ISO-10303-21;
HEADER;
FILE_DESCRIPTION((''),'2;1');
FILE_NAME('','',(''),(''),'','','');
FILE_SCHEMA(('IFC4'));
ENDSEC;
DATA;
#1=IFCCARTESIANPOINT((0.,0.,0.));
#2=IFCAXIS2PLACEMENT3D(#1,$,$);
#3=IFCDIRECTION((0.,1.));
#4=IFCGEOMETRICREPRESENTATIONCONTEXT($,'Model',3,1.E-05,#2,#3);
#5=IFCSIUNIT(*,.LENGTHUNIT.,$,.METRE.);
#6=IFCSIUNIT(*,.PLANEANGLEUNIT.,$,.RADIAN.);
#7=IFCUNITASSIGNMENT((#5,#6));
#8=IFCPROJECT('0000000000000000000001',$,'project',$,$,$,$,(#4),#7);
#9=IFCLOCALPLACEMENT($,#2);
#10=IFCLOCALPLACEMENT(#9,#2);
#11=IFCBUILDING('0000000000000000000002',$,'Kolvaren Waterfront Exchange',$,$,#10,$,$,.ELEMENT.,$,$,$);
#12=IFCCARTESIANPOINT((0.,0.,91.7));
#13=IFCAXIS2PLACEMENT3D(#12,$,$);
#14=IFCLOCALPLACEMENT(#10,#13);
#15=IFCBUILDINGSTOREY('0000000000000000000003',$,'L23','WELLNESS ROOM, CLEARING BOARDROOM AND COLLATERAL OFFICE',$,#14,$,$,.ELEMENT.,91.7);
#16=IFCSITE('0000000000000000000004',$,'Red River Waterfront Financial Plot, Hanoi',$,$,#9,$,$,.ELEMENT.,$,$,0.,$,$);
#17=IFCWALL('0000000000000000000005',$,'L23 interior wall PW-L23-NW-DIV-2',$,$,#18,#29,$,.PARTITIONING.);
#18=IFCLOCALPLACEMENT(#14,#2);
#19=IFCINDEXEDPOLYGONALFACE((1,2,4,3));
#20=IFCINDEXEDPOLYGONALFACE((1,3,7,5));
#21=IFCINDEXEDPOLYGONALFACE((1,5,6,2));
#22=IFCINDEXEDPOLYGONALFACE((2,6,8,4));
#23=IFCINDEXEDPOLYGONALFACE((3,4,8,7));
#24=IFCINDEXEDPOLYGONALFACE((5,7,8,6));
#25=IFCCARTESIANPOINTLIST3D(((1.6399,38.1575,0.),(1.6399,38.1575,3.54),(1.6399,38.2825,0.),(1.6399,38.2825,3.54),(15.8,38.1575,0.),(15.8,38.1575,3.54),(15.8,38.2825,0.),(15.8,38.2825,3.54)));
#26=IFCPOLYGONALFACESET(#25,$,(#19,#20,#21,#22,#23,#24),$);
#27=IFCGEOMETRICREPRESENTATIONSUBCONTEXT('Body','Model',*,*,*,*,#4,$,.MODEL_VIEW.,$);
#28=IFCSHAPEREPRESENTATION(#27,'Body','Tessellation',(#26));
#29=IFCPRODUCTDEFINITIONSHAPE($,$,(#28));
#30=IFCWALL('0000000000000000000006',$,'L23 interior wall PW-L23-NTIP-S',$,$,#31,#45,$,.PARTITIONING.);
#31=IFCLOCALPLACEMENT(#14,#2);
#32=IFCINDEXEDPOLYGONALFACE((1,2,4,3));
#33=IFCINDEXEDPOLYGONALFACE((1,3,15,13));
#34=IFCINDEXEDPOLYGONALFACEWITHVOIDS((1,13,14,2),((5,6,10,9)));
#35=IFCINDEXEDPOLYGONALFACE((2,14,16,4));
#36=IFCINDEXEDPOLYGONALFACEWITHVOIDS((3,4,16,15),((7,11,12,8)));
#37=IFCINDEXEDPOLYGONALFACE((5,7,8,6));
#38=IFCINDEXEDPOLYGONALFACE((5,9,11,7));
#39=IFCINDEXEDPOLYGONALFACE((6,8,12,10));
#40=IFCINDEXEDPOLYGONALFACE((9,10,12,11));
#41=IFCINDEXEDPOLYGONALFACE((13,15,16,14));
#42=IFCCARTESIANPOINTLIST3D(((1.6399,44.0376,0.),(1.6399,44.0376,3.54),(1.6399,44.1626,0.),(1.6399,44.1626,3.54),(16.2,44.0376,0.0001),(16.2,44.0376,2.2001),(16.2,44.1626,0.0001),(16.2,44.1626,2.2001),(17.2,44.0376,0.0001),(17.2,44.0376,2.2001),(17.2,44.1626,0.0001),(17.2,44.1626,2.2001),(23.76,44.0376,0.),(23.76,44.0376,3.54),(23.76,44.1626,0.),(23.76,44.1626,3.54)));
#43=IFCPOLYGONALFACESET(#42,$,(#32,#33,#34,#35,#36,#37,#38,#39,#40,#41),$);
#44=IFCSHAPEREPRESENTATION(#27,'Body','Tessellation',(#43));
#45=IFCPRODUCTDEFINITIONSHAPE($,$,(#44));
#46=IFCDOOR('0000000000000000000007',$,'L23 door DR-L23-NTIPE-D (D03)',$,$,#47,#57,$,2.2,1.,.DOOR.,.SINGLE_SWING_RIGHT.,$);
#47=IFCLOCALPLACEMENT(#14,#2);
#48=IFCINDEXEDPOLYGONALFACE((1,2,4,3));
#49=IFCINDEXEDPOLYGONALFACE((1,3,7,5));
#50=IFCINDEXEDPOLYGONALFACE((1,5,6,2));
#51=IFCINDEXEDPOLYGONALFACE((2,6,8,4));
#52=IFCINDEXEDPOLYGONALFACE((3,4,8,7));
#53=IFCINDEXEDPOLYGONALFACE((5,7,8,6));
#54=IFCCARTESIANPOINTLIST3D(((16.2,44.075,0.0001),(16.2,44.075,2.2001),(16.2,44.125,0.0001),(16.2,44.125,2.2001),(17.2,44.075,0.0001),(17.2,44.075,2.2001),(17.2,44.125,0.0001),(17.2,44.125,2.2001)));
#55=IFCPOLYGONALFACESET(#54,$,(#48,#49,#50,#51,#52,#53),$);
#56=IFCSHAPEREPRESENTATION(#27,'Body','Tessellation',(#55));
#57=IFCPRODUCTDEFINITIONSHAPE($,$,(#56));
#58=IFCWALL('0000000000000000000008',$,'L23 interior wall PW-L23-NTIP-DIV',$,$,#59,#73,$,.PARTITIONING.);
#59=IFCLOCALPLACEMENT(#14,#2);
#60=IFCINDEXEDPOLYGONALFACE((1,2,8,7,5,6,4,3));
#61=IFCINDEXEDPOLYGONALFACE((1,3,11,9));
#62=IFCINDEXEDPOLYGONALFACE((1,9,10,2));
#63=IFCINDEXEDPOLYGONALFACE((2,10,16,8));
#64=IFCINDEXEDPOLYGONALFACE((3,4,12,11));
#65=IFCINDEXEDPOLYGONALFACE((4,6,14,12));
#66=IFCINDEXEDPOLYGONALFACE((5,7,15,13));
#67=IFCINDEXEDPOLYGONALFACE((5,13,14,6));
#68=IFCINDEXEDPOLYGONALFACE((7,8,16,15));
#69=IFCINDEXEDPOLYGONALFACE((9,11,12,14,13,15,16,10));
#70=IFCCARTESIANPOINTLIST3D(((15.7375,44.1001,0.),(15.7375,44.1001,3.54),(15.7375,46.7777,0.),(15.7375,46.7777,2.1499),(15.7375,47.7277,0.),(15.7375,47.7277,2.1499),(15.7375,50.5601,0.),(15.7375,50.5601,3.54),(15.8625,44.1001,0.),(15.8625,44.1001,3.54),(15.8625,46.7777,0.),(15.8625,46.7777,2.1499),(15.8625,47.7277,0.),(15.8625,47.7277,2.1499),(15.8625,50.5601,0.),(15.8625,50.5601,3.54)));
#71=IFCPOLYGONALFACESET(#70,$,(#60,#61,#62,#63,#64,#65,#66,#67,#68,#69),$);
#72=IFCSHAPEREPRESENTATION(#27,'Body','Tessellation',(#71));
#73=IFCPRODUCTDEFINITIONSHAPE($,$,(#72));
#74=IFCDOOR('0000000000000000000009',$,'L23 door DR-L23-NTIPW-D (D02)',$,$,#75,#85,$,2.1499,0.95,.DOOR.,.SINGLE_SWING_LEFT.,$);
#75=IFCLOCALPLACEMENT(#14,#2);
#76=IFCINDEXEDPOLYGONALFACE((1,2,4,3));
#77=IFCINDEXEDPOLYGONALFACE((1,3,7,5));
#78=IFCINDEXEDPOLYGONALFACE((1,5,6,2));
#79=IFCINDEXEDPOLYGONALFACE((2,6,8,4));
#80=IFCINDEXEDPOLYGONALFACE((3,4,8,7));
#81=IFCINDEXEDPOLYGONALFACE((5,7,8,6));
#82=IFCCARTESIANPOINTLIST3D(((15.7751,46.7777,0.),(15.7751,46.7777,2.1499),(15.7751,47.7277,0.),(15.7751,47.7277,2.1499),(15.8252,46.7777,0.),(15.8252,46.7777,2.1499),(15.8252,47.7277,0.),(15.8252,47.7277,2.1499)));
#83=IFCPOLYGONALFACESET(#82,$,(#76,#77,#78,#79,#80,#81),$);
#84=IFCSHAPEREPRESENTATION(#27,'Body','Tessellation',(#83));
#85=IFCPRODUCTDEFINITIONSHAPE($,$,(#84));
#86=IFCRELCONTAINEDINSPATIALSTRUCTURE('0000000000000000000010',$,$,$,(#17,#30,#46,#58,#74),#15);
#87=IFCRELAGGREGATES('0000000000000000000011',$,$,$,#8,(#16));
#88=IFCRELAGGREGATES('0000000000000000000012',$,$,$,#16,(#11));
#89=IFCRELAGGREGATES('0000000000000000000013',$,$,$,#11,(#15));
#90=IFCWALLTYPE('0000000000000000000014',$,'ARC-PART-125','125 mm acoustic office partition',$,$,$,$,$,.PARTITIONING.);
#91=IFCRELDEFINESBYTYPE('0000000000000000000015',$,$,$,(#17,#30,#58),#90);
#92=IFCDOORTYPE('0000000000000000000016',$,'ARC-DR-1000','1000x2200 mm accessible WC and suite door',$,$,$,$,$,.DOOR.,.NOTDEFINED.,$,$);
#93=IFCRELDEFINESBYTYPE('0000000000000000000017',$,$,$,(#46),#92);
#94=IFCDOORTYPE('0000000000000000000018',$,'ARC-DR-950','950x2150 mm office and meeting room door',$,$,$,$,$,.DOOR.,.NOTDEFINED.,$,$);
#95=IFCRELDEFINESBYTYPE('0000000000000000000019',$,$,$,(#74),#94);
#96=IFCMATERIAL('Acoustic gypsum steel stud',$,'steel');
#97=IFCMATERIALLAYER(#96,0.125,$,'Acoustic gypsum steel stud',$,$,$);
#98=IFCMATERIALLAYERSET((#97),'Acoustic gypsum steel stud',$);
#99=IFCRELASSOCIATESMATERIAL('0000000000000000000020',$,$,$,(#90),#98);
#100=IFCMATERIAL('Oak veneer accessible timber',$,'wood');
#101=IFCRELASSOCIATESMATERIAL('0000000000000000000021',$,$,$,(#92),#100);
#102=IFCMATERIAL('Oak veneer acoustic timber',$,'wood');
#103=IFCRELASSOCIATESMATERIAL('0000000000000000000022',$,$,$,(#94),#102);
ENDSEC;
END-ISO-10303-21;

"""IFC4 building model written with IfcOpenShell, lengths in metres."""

from ifc_helpers import new_model, si_unit, direction, frame, frame_2d, origin, place, context, subcontext, project, spatial, rectangle, extrude, material, layer, layer_set, type_object, element, fill, save


model = new_model("IFC4")

# Units and contexts
model_context = context("Model", 3, precision=1e-05, world=origin(), true_north=direction((0.0, 1.0)))
body_context = subcontext(model_context, "Body", "Model", "MODEL_VIEW")
ifc_project = project(units=[si_unit("LENGTHUNIT", "METRE"), si_unit("PLANEANGLEUNIT", "RADIAN")], contexts=[model_context])

# Site, building, storey
site_placement = place(None, origin())
site = spatial("IfcSite", under=ifc_project, at=site_placement, Name="Red River Waterfront Financial Plot, Hanoi", CompositionType="ELEMENT", RefElevation=0.0)
building_placement = place(site_placement, origin())
building = spatial("IfcBuilding", under=site, at=building_placement, Name="Kolvaren Waterfront Exchange", CompositionType="ELEMENT")
storey_placement = place(building_placement, frame((0.0, 0.0, 91.7)))
storey = spatial("IfcBuildingStorey", under=building, at=storey_placement, Name="L23", Description="WELLNESS ROOM, CLEARING BOARDROOM AND COLLATERAL OFFICE", CompositionType="ELEMENT", Elevation=91.7)

# Wall
ifc_material_1 = material(Name="Acoustic gypsum steel stud", Category="steel")
ifc_layer_1 = layer(ifc_material_1, 0.125, Name="Acoustic gypsum steel stud")
ifc_layer_set_1 = layer_set([ifc_layer_1], Name="Acoustic gypsum steel stud")
wall_type_1 = type_object("IfcWallType", Name="ARC-PART-125", Description="125 mm acoustic office partition", PredefinedType="PARTITIONING", material=ifc_layer_set_1)
wall_1_placement = place(storey_placement, frame((1.6399, 38.22, 0.0), z_axis=(0.0, 0.0, 1.0), x_axis=(1.0, 0.0, 0.0)))
element("IfcWall", 1, at=wall_1_placement, inside=storey, type_object=wall_type_1, Name="L23 interior wall PW-L23-NW-DIV-2", PredefinedType="PARTITIONING", context=body_context, shape_type="SweptSolid", body=[
    extrude(rectangle(XDim=14.1602, YDim=0.125, at=frame_2d((7.0801, 0.0))), origin(), (0.0, 0.0, 1.0), 3.54),
])

# Walls, openings, doors
wall_2_placement = place(storey_placement, frame((1.6399, 44.1001, 0.0), z_axis=(0.0, 0.0, 1.0), x_axis=(1.0, 0.0, 0.0)))
wall_2 = element("IfcWall", 2, at=wall_2_placement, inside=storey, type_object=wall_type_1, Name="L23 interior wall PW-L23-NTIP-S", PredefinedType="PARTITIONING", context=body_context, shape_type="SweptSolid", body=[
    extrude(rectangle(XDim=22.1201, YDim=0.125, at=frame_2d((11.0601, 0.0))), origin(), (0.0, 0.0, 1.0), 3.54),
])
opening_1_placement = place(wall_2_placement, frame((14.5601, 0.0, 0.0)))
opening_1 = element("IfcOpeningElement", 3, at=opening_1_placement, cuts=wall_2, PredefinedType="OPENING", context=body_context, shape_type="SweptSolid", body=[
    extrude(rectangle(XDim=1.0, YDim=2.2, at=frame_2d((0.5, 1.1001))), frame((0.0, 0.0725, 0.0), z_axis=(0.0, -1.0, 0.0), x_axis=(1.0, 0.0, 0.0)), (0.0, 0.0, 1.0), 0.145),
])
ifc_material_2 = material(Name="Oak veneer accessible timber", Category="wood")
door_type_1 = type_object("IfcDoorType", Name="ARC-DR-1000", Description="1000x2200 mm accessible WC and suite door", OperationType="NOTDEFINED", PredefinedType="DOOR", material=ifc_material_2)
door_1_placement = place(opening_1_placement, origin())
door_1 = element("IfcDoor", 4, at=door_1_placement, inside=storey, type_object=door_type_1, Name="L23 door DR-L23-NTIPE-D (D03)", OperationType="SINGLE_SWING_RIGHT", OverallHeight=2.2, OverallWidth=1.0, PredefinedType="DOOR", context=body_context, shape_type="SweptSolid", body=[
    extrude(rectangle(XDim=1.0, YDim=2.2, at=frame_2d((0.5, 1.1001))), frame((0.0, 0.0249, 0.0), z_axis=(0.0, -1.0, 0.0), x_axis=(1.0, 0.0, 0.0)), (0.0, 0.0, 1.0), 0.05),
])
fill(opening_1, door_1)
wall_3_placement = place(storey_placement, frame((15.8, 44.1001, 0.0), z_axis=(0.0, 0.0, 1.0), x_axis=(0.0, 1.0, 0.0)))
wall_3 = element("IfcWall", 5, at=wall_3_placement, inside=storey, type_object=wall_type_1, Name="L23 interior wall PW-L23-NTIP-DIV", PredefinedType="PARTITIONING", context=body_context, shape_type="SweptSolid", body=[
    extrude(rectangle(XDim=6.46, YDim=0.125, at=frame_2d((3.23, 0.0))), origin(), (0.0, 0.0, 1.0), 3.54),
])
opening_2_placement = place(wall_3_placement, frame((2.6775, 0.0, 0.0)))
opening_2 = element("IfcOpeningElement", 6, at=opening_2_placement, cuts=wall_3, PredefinedType="OPENING", context=body_context, shape_type="SweptSolid", body=[
    extrude(rectangle(XDim=0.95, YDim=2.1499, at=frame_2d((0.4751, 1.075))), frame((0.0, 0.0725, 0.0), z_axis=(0.0, -1.0, 0.0), x_axis=(1.0, 0.0, 0.0)), (0.0, 0.0, 1.0), 0.145),
])
ifc_material_3 = material(Name="Oak veneer acoustic timber", Category="wood")
door_type_2 = type_object("IfcDoorType", Name="ARC-DR-950", Description="950x2150 mm office and meeting room door", OperationType="NOTDEFINED", PredefinedType="DOOR", material=ifc_material_3)
door_2_placement = place(opening_2_placement, origin())
door_2 = element("IfcDoor", 7, at=door_2_placement, inside=storey, type_object=door_type_2, Name="L23 door DR-L23-NTIPW-D (D02)", OperationType="SINGLE_SWING_LEFT", OverallHeight=2.1499, OverallWidth=0.95, PredefinedType="DOOR", context=body_context, shape_type="SweptSolid", body=[
    extrude(rectangle(XDim=0.95, YDim=2.1499, at=frame_2d((0.4751, 1.075))), frame((0.0, 0.0249, 0.0), z_axis=(0.0, -1.0, 0.0), x_axis=(1.0, 0.0, 0.0)), (0.0, 0.0, 1.0), 0.05),
])
fill(opening_2, door_2)

save(model, "model.ifc")
